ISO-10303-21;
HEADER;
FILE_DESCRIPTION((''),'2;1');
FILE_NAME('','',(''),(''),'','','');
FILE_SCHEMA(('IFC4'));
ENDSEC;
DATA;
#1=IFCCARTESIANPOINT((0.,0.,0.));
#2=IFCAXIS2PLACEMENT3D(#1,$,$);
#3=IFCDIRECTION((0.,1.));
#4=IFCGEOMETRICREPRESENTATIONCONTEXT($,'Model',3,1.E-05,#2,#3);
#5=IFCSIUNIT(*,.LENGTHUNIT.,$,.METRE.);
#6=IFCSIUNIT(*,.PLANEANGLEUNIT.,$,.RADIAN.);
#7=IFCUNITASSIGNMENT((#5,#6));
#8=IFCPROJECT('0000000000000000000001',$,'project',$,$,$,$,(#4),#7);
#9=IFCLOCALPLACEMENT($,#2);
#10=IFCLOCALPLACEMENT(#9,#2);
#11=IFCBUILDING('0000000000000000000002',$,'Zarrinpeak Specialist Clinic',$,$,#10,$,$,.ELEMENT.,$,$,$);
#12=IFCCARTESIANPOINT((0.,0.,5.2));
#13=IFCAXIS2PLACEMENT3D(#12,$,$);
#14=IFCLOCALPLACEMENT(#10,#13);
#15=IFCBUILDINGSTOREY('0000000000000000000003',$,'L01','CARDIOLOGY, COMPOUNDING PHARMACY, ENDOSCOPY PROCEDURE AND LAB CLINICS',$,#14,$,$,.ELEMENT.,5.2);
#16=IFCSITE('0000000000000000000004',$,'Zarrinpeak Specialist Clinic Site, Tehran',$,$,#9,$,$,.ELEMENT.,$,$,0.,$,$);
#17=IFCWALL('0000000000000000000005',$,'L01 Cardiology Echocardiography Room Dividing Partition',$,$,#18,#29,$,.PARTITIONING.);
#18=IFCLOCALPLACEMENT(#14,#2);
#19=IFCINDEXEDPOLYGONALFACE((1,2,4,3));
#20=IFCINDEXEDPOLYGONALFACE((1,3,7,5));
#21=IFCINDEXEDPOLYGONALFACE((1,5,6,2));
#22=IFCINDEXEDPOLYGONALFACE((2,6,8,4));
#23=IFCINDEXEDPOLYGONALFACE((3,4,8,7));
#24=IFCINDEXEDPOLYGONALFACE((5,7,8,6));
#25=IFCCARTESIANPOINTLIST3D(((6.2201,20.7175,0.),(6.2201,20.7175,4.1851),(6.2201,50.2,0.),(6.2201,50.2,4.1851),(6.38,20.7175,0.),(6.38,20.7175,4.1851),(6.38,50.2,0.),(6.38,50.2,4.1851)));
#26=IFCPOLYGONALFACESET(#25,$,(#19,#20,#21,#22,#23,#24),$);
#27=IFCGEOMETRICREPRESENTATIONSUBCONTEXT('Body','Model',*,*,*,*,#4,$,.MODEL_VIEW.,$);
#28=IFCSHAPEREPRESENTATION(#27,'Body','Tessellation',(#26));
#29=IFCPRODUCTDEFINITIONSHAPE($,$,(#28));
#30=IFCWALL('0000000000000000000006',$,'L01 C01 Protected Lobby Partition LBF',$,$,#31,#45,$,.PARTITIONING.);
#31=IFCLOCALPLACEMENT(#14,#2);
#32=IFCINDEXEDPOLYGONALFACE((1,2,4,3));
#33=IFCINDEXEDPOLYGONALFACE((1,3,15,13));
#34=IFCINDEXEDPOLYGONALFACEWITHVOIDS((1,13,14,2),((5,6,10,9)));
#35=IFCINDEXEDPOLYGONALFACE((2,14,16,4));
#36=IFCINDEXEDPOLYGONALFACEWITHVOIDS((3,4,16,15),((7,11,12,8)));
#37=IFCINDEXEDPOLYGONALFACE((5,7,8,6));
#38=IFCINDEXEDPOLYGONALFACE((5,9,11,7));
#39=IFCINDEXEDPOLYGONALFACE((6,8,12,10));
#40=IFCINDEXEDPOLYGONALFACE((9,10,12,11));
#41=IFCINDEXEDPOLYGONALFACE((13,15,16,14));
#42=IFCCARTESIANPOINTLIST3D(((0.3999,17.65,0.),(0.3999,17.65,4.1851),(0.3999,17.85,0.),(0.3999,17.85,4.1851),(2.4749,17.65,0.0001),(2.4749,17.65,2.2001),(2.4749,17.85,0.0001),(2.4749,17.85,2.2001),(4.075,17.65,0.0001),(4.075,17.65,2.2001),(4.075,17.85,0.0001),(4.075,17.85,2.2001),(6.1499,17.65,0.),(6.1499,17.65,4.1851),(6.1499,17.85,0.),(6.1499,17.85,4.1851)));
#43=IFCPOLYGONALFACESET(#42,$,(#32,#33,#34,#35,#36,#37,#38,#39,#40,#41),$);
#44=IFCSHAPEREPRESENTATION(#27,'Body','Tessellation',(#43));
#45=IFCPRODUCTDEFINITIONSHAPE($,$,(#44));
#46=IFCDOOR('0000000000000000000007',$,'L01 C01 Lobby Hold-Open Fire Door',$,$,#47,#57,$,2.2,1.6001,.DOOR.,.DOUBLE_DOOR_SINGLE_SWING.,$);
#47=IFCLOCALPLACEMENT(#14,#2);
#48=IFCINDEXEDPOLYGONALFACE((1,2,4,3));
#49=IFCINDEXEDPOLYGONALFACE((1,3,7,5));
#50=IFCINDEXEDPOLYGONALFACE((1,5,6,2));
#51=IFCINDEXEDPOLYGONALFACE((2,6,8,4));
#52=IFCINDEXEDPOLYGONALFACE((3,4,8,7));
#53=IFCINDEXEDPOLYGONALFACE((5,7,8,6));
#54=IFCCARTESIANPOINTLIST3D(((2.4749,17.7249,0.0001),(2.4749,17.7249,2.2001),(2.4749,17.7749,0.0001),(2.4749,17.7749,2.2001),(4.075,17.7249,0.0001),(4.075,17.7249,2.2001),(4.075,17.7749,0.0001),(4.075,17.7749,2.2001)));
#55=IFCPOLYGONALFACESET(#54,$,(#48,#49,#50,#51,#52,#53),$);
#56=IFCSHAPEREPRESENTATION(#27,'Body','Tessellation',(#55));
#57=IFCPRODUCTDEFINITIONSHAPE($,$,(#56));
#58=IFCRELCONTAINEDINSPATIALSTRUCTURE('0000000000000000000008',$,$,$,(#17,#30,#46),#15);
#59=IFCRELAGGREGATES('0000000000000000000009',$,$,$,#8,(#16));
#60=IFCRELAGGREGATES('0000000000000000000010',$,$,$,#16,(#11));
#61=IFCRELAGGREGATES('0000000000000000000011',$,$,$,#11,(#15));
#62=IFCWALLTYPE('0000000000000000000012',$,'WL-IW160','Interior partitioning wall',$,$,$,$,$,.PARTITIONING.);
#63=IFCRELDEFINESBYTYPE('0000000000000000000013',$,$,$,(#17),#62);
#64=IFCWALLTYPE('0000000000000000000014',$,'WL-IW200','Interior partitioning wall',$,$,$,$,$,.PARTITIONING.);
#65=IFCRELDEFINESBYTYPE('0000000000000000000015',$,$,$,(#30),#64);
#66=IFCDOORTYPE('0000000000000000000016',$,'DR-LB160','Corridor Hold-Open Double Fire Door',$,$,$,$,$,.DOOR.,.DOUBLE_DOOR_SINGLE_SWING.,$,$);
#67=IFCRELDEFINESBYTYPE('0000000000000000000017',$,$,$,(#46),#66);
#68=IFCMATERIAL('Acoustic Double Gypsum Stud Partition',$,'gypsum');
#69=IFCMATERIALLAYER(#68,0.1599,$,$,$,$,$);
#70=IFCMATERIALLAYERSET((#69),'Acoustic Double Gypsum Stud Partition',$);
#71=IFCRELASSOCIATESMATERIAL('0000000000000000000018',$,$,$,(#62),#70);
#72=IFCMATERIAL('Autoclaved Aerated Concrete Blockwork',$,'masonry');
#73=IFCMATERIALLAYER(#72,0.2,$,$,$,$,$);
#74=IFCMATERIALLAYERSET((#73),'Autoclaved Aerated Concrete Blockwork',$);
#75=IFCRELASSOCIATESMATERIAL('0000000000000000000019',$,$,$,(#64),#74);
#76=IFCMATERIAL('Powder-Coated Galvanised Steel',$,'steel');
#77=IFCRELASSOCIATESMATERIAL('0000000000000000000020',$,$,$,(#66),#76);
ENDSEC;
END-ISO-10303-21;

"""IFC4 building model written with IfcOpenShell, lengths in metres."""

from ifc_helpers import new_model, si_unit, direction, frame, frame_2d, origin, place, context, subcontext, project, spatial, rectangle, extrude, material, layer, layer_set, type_object, element, fill, save


model = new_model("IFC4")

# Units and contexts
model_context = context("Model", 3, precision=1e-05, world=origin(), true_north=direction((0.0, 1.0)))
body_context = subcontext(model_context, "Body", "Model", "MODEL_VIEW")
ifc_project = project(units=[si_unit("LENGTHUNIT", "METRE"), si_unit("PLANEANGLEUNIT", "RADIAN")], contexts=[model_context])

# Site, building, storey
site_placement = place(None, origin())
site = spatial("IfcSite", under=ifc_project, at=site_placement, Name="Zarrinpeak Specialist Clinic Site, Tehran", CompositionType="ELEMENT", RefElevation=0.0)
building_placement = place(site_placement, origin())
building = spatial("IfcBuilding", under=site, at=building_placement, Name="Zarrinpeak Specialist Clinic", CompositionType="ELEMENT")
storey_placement = place(building_placement, frame((0.0, 0.0, 5.2)))
storey = spatial("IfcBuildingStorey", under=building, at=storey_placement, Name="L01", Description="CARDIOLOGY, COMPOUNDING PHARMACY, ENDOSCOPY PROCEDURE AND LAB CLINICS", CompositionType="ELEMENT", Elevation=5.2)

# Shared definitions
ifc_material_1 = material(Name="Powder-Coated Galvanised Steel", Category="steel")

# Wall
ifc_material_2 = material(Name="Acoustic Double Gypsum Stud Partition", Category="gypsum")
ifc_layer_1 = layer(ifc_material_2, 0.1599)
ifc_layer_set_1 = layer_set([ifc_layer_1], Name="Acoustic Double Gypsum Stud Partition")
wall_type_1 = type_object("IfcWallType", Name="WL-IW160", Description="Interior partitioning wall", PredefinedType="PARTITIONING", material=ifc_layer_set_1)
wall_1_placement = place(storey_placement, frame((6.3, 20.7175, 0.0), z_axis=(0.0, 0.0, 1.0), x_axis=(0.0, 1.0, 0.0)))
element("IfcWall", 1, at=wall_1_placement, inside=storey, type_object=wall_type_1, Name="L01 Cardiology Echocardiography Room Dividing Partition", PredefinedType="PARTITIONING", context=body_context, shape_type="SweptSolid", body=[
    extrude(rectangle(XDim=29.4824, YDim=0.1599, at=frame_2d((14.7412, 0.0))), origin(), (0.0, 0.0, 1.0), 4.1851),
])

# Wall, opening, door
ifc_material_3 = material(Name="Autoclaved Aerated Concrete Blockwork", Category="masonry")
ifc_layer_2 = layer(ifc_material_3, 0.2)
ifc_layer_set_2 = layer_set([ifc_layer_2], Name="Autoclaved Aerated Concrete Blockwork")
wall_type_2 = type_object("IfcWallType", Name="WL-IW200", Description="Interior partitioning wall", PredefinedType="PARTITIONING", material=ifc_layer_set_2)
wall_2_placement = place(storey_placement, frame((0.3999, 17.75, 0.0), z_axis=(0.0, 0.0, 1.0), x_axis=(1.0, 0.0, 0.0)))
wall_2 = element("IfcWall", 2, at=wall_2_placement, inside=storey, type_object=wall_type_2, Name="L01 C01 Protected Lobby Partition LBF", PredefinedType="PARTITIONING", context=body_context, shape_type="SweptSolid", body=[
    extrude(rectangle(XDim=5.75, YDim=0.2, at=frame_2d((2.875, 0.0))), origin(), (0.0, 0.0, 1.0), 4.1851),
])
opening_1_placement = place(wall_2_placement, frame((2.075, 0.0, 0.0)))
opening_1 = element("IfcOpeningElement", 3, at=opening_1_placement, cuts=wall_2, PredefinedType="OPENING", context=body_context, shape_type="SweptSolid", body=[
    extrude(rectangle(XDim=1.6001, YDim=2.2, at=frame_2d((0.8, 1.1001))), frame((0.0, 0.1099, 0.0), z_axis=(0.0, -1.0, 0.0), x_axis=(1.0, 0.0, 0.0)), (0.0, 0.0, 1.0), 0.22),
])
door_type_1 = type_object("IfcDoorType", Name="DR-LB160", Description="Corridor Hold-Open Double Fire Door", OperationType="DOUBLE_DOOR_SINGLE_SWING", PredefinedType="DOOR", material=ifc_material_1)
door_1_placement = place(opening_1_placement, origin())
door_1 = element("IfcDoor", 4, at=door_1_placement, inside=storey, type_object=door_type_1, Name="L01 C01 Lobby Hold-Open Fire Door", OperationType="DOUBLE_DOOR_SINGLE_SWING", OverallHeight=2.2, OverallWidth=1.6001, PredefinedType="DOOR", context=body_context, shape_type="SweptSolid", body=[
    extrude(rectangle(XDim=1.6001, YDim=2.2, at=frame_2d((0.8, 1.1001))), frame((0.0, 0.0249, 0.0), z_axis=(0.0, -1.0, 0.0), x_axis=(1.0, 0.0, 0.0)), (0.0, 0.0, 1.0), 0.05),
])
fill(opening_1, door_1)

save(model, "model.ifc")
